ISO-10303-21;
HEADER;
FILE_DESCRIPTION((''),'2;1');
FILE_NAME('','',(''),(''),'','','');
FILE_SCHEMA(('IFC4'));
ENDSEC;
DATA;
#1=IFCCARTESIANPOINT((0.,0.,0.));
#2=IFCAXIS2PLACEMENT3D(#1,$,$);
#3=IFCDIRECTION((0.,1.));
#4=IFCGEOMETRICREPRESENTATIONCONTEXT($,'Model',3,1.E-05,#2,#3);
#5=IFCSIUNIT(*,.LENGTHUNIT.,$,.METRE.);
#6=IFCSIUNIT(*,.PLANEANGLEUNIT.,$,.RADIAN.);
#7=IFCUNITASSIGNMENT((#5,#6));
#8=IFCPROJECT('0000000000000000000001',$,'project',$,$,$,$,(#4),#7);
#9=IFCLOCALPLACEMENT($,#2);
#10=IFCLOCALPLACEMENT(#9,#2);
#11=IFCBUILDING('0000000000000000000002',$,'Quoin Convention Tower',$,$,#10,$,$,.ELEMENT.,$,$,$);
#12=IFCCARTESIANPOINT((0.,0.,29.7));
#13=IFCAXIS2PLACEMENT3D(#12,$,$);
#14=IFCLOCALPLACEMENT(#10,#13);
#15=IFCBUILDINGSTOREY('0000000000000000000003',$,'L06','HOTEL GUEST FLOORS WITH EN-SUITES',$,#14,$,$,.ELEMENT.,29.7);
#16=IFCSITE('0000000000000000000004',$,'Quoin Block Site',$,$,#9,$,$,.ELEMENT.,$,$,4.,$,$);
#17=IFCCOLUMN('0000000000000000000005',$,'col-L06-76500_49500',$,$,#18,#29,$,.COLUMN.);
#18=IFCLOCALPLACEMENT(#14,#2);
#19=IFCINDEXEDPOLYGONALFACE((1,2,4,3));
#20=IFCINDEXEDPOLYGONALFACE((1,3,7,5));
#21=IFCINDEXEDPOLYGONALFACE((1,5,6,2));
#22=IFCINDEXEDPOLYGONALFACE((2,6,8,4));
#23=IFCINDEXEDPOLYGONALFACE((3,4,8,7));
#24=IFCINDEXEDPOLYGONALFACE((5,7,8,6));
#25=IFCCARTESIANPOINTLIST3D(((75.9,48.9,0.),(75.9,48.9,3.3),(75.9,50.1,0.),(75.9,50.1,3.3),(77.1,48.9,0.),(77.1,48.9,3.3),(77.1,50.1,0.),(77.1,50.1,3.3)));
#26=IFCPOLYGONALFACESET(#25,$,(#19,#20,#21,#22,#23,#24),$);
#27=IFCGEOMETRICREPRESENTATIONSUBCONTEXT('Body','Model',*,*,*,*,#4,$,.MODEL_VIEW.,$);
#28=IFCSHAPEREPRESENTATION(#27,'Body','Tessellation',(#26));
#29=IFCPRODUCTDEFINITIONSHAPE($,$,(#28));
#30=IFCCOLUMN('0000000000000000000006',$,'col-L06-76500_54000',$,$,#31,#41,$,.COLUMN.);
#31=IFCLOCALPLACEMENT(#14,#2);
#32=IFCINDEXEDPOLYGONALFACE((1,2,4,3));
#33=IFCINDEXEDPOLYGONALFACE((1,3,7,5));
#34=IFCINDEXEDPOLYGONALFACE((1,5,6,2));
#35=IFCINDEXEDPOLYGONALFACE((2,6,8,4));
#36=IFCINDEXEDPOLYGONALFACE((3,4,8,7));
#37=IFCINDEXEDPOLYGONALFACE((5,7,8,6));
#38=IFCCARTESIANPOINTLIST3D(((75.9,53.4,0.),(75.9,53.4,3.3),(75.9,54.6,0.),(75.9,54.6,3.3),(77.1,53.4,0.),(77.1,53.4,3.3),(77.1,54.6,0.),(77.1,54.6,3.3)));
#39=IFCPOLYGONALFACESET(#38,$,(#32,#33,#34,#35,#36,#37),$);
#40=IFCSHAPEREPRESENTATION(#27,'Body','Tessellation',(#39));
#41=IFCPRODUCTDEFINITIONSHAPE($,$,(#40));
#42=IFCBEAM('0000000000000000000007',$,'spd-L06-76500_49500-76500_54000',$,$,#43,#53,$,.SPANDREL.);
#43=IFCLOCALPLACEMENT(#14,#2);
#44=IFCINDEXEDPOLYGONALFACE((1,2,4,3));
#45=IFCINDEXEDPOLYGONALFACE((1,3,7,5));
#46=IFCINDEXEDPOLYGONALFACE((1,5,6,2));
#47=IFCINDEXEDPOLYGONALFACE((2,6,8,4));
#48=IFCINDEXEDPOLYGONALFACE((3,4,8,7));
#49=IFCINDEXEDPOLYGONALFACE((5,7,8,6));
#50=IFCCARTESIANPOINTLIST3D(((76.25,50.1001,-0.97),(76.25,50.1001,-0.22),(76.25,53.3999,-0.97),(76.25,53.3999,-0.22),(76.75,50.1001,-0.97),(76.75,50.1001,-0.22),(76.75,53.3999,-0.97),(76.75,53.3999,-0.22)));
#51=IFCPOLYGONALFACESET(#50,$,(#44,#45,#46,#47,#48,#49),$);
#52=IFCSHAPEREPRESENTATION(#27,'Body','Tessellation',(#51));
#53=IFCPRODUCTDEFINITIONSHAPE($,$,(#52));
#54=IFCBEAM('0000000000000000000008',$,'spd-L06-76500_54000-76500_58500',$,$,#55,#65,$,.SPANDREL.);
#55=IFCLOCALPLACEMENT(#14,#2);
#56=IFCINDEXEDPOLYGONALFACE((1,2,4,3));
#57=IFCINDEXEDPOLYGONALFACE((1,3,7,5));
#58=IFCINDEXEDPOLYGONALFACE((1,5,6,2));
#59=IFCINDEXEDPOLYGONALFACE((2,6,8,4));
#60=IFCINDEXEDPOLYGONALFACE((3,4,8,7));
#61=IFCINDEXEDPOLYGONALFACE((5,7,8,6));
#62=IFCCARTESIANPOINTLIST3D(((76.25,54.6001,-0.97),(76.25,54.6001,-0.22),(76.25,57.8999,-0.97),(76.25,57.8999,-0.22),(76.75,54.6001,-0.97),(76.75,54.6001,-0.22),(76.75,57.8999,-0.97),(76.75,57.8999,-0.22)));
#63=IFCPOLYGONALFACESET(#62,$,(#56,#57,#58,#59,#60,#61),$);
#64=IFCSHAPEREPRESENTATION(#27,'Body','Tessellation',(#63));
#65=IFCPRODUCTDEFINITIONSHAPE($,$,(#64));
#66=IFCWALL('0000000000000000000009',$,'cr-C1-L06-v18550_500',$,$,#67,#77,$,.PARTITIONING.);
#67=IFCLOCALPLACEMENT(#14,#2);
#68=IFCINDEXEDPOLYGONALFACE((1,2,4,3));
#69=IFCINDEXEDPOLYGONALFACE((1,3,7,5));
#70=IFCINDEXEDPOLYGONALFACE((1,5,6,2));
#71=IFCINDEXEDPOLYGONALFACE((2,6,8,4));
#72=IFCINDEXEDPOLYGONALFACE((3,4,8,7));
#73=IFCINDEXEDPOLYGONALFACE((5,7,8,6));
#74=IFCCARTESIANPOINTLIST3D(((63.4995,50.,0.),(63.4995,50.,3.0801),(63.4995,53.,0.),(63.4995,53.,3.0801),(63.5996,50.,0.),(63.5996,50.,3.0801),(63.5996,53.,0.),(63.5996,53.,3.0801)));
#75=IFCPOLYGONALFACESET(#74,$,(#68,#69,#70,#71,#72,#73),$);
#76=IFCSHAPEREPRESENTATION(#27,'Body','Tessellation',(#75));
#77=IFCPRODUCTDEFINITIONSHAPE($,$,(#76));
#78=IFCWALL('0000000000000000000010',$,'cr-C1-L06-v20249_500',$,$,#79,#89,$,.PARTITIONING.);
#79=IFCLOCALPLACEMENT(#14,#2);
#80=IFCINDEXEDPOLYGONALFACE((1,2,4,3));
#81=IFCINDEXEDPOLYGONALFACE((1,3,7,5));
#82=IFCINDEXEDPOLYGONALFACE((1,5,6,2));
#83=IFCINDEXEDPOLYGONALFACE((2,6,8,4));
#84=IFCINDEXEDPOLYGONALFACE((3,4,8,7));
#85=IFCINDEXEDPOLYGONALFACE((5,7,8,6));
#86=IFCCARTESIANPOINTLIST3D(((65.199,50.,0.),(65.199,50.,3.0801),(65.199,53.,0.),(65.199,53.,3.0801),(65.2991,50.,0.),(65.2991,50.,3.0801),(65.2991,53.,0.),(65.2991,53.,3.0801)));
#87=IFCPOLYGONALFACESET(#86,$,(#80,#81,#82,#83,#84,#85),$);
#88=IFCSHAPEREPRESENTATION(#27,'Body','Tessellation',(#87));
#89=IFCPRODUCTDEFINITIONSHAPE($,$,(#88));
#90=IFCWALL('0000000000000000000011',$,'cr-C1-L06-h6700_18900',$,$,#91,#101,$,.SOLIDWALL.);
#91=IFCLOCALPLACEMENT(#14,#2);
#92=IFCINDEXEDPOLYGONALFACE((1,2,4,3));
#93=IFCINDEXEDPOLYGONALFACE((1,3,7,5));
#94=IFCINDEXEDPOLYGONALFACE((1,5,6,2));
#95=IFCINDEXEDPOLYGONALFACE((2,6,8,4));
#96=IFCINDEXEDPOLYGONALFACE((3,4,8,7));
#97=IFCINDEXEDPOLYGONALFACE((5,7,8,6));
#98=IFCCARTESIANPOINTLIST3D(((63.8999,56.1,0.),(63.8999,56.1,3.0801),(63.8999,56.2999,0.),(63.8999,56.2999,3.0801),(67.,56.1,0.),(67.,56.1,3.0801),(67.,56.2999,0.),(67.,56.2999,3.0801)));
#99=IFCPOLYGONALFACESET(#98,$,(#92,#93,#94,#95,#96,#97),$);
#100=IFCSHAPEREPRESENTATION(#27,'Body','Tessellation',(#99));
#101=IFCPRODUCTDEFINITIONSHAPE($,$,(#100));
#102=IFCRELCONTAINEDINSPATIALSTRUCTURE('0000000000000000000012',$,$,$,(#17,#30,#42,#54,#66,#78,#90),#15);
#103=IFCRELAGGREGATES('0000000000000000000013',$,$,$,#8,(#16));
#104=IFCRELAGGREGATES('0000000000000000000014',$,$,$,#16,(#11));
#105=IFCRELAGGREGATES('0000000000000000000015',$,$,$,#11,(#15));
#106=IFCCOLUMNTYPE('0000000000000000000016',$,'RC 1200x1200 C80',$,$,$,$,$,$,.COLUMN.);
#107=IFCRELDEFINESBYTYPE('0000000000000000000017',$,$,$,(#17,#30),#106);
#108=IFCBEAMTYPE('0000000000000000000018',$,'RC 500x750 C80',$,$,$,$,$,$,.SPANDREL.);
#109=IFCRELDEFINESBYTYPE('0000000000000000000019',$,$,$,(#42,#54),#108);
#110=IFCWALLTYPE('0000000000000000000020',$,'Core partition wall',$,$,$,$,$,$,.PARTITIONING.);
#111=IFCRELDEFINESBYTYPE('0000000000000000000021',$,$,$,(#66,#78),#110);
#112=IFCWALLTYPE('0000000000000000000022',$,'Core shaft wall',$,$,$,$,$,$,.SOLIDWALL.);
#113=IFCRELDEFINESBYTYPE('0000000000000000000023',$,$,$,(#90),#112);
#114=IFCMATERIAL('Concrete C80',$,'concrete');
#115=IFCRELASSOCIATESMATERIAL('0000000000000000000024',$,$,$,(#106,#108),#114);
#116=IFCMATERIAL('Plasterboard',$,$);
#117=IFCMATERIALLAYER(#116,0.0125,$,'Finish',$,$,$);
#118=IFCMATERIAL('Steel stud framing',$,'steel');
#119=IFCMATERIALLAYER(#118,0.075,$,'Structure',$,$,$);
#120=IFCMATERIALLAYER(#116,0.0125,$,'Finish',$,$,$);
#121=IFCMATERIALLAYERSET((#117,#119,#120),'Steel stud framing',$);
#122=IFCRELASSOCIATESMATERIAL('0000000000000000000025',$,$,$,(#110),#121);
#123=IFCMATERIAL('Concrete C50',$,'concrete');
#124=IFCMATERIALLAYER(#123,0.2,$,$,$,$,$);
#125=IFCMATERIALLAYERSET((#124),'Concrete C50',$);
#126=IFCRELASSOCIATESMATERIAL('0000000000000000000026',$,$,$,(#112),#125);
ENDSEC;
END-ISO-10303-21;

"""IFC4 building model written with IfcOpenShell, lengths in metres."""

from ifc_helpers import new_model, si_unit, direction, frame, frame_2d, origin, origin_2d, place, context, subcontext, project, spatial, rectangle, extrude, material, layer, layer_set, material_profile, profile_set, type_object, element, save


model = new_model("IFC4")

# Units and contexts
model_context = context("Model", 3, precision=1e-05, world=origin(), true_north=direction((0.0, 1.0)))
body_context = subcontext(model_context, "Body", "Model", "MODEL_VIEW")
ifc_project = project(units=[si_unit("LENGTHUNIT", "METRE"), si_unit("PLANEANGLEUNIT", "RADIAN")], contexts=[model_context])

# Site, building, storey
site_placement = place(None, origin())
site = spatial("IfcSite", under=ifc_project, at=site_placement, Name="Quoin Block Site", CompositionType="ELEMENT", RefElevation=4.0)
building_placement = place(site_placement, origin())
building = spatial("IfcBuilding", under=site, at=building_placement, Name="Quoin Convention Tower", CompositionType="ELEMENT")
storey_placement = place(building_placement, frame((0.0, 0.0, 29.7)))
storey = spatial("IfcBuildingStorey", under=building, at=storey_placement, Name="L06", Description="HOTEL GUEST FLOORS WITH EN-SUITES", CompositionType="ELEMENT", Elevation=29.7)

# Columns
ifc_material_1 = material(Name="Concrete C80", Category="concrete")
ifc_material_profile_1 = material_profile(ifc_material_1, rectangle(XDim=1.2, YDim=1.2, at=origin_2d()), Name="RC 1200x1200")
ifc_profile_set_1 = profile_set([ifc_material_profile_1], Name="Concrete C80")
column_type = type_object("IfcColumnType", Name="RC 1200x1200 C80", PredefinedType="COLUMN", material=ifc_profile_set_1)
for number, where, z_axis, x_axis, name in (
    (1, (76.5, 49.5, 0.0), (0.0, 0.0, 1.0), (1.0, 0.0, 0.0), "col-L06-76500_49500"),
    (2, (76.5, 54.0, 0.0), (0.0, 0.0, 1.0), (1.0, 0.0, 0.0), "col-L06-76500_54000"),
):
    element("IfcColumn", number, at=place(storey_placement, frame(where, z_axis=z_axis, x_axis=x_axis)), inside=storey, type_object=column_type, Name=name, PredefinedType="COLUMN", context=body_context, shape_type="SweptSolid", body=[
        extrude(rectangle(XDim=1.2, YDim=1.2, at=origin_2d()), origin(), (0.0, 0.0, 1.0), 3.3),
    ])

# Beams
ifc_material_profile_2 = material_profile(ifc_material_1, rectangle(XDim=0.5, YDim=0.75, at=origin_2d()), Name="RC 500x750")
ifc_profile_set_2 = profile_set([ifc_material_profile_2], Name="Concrete C80")
beam_type = type_object("IfcBeamType", Name="RC 500x750 C80", PredefinedType="SPANDREL", material=ifc_profile_set_2)
for number, where, z_axis, x_axis, name in (
    (3, (76.5, 50.1001, -0.595), (0.0, 1.0, 0.0), (-1.0, 0.0, 0.0), "spd-L06-76500_49500-76500_54000"),
    (4, (76.5, 54.6001, -0.595), (0.0, 1.0, 0.0), (-1.0, 0.0, 0.0), "spd-L06-76500_54000-76500_58500"),
):
    element("IfcBeam", number, at=place(storey_placement, frame(where, z_axis=z_axis, x_axis=x_axis)), inside=storey, type_object=beam_type, Name=name, PredefinedType="SPANDREL", context=body_context, shape_type="SweptSolid", body=[
        extrude(rectangle(XDim=0.5, YDim=0.75, at=origin_2d()), origin(), (0.0, 0.0, 1.0), 3.2998),
    ])

# Walls
ifc_material_2 = material(Name="Plasterboard")
ifc_layer_1 = layer(ifc_material_2, 0.0125, Name="Finish")
ifc_material_3 = material(Name="Steel stud framing", Category="steel")
ifc_layer_2 = layer(ifc_material_3, 0.075, Name="Structure")
ifc_layer_3 = layer(ifc_material_2, 0.0125, Name="Finish")
ifc_layer_set_1 = layer_set([ifc_layer_1, ifc_layer_2, ifc_layer_3], Name="Steel stud framing")
wall_type_1 = type_object("IfcWallType", Name="Core partition wall", PredefinedType="PARTITIONING", material=ifc_layer_set_1)
for number, where, z_axis, x_axis, name in (
    (5, (63.5496, 50.0, 0.0), (0.0, 0.0, 1.0), (0.0, 1.0, 0.0), "cr-C1-L06-v18550_500"),
    (6, (65.249, 50.0, 0.0), (0.0, 0.0, 1.0), (0.0, 1.0, 0.0), "cr-C1-L06-v20249_500"),
):
    element("IfcWall", number, at=place(storey_placement, frame(where, z_axis=z_axis, x_axis=x_axis)), inside=storey, type_object=wall_type_1, Name=name, PredefinedType="PARTITIONING", context=body_context, shape_type="SweptSolid", body=[
        extrude(rectangle(XDim=3.0, YDim=0.1001, at=frame_2d((1.5, 0.0))), origin(), (0.0, 0.0, 1.0), 3.0801),
    ])
ifc_material_4 = material(Name="Concrete C50", Category="concrete")
ifc_layer_4 = layer(ifc_material_4, 0.2)
ifc_layer_set_2 = layer_set([ifc_layer_4], Name="Concrete C50")
wall_type_2 = type_object("IfcWallType", Name="Core shaft wall", PredefinedType="SOLIDWALL", material=ifc_layer_set_2)
wall_1_placement = place(storey_placement, frame((63.8999, 56.2, 0.0), z_axis=(0.0, 0.0, 1.0), x_axis=(1.0, 0.0, 0.0)))
element("IfcWall", 7, at=wall_1_placement, inside=storey, type_object=wall_type_2, Name="cr-C1-L06-h6700_18900", PredefinedType="SOLIDWALL", context=body_context, shape_type="SweptSolid", body=[
    extrude(rectangle(XDim=3.1001, YDim=0.2, at=frame_2d((1.55, 0.0))), origin(), (0.0, 0.0, 1.0), 3.0801),
])

save(model, "model.ifc")
